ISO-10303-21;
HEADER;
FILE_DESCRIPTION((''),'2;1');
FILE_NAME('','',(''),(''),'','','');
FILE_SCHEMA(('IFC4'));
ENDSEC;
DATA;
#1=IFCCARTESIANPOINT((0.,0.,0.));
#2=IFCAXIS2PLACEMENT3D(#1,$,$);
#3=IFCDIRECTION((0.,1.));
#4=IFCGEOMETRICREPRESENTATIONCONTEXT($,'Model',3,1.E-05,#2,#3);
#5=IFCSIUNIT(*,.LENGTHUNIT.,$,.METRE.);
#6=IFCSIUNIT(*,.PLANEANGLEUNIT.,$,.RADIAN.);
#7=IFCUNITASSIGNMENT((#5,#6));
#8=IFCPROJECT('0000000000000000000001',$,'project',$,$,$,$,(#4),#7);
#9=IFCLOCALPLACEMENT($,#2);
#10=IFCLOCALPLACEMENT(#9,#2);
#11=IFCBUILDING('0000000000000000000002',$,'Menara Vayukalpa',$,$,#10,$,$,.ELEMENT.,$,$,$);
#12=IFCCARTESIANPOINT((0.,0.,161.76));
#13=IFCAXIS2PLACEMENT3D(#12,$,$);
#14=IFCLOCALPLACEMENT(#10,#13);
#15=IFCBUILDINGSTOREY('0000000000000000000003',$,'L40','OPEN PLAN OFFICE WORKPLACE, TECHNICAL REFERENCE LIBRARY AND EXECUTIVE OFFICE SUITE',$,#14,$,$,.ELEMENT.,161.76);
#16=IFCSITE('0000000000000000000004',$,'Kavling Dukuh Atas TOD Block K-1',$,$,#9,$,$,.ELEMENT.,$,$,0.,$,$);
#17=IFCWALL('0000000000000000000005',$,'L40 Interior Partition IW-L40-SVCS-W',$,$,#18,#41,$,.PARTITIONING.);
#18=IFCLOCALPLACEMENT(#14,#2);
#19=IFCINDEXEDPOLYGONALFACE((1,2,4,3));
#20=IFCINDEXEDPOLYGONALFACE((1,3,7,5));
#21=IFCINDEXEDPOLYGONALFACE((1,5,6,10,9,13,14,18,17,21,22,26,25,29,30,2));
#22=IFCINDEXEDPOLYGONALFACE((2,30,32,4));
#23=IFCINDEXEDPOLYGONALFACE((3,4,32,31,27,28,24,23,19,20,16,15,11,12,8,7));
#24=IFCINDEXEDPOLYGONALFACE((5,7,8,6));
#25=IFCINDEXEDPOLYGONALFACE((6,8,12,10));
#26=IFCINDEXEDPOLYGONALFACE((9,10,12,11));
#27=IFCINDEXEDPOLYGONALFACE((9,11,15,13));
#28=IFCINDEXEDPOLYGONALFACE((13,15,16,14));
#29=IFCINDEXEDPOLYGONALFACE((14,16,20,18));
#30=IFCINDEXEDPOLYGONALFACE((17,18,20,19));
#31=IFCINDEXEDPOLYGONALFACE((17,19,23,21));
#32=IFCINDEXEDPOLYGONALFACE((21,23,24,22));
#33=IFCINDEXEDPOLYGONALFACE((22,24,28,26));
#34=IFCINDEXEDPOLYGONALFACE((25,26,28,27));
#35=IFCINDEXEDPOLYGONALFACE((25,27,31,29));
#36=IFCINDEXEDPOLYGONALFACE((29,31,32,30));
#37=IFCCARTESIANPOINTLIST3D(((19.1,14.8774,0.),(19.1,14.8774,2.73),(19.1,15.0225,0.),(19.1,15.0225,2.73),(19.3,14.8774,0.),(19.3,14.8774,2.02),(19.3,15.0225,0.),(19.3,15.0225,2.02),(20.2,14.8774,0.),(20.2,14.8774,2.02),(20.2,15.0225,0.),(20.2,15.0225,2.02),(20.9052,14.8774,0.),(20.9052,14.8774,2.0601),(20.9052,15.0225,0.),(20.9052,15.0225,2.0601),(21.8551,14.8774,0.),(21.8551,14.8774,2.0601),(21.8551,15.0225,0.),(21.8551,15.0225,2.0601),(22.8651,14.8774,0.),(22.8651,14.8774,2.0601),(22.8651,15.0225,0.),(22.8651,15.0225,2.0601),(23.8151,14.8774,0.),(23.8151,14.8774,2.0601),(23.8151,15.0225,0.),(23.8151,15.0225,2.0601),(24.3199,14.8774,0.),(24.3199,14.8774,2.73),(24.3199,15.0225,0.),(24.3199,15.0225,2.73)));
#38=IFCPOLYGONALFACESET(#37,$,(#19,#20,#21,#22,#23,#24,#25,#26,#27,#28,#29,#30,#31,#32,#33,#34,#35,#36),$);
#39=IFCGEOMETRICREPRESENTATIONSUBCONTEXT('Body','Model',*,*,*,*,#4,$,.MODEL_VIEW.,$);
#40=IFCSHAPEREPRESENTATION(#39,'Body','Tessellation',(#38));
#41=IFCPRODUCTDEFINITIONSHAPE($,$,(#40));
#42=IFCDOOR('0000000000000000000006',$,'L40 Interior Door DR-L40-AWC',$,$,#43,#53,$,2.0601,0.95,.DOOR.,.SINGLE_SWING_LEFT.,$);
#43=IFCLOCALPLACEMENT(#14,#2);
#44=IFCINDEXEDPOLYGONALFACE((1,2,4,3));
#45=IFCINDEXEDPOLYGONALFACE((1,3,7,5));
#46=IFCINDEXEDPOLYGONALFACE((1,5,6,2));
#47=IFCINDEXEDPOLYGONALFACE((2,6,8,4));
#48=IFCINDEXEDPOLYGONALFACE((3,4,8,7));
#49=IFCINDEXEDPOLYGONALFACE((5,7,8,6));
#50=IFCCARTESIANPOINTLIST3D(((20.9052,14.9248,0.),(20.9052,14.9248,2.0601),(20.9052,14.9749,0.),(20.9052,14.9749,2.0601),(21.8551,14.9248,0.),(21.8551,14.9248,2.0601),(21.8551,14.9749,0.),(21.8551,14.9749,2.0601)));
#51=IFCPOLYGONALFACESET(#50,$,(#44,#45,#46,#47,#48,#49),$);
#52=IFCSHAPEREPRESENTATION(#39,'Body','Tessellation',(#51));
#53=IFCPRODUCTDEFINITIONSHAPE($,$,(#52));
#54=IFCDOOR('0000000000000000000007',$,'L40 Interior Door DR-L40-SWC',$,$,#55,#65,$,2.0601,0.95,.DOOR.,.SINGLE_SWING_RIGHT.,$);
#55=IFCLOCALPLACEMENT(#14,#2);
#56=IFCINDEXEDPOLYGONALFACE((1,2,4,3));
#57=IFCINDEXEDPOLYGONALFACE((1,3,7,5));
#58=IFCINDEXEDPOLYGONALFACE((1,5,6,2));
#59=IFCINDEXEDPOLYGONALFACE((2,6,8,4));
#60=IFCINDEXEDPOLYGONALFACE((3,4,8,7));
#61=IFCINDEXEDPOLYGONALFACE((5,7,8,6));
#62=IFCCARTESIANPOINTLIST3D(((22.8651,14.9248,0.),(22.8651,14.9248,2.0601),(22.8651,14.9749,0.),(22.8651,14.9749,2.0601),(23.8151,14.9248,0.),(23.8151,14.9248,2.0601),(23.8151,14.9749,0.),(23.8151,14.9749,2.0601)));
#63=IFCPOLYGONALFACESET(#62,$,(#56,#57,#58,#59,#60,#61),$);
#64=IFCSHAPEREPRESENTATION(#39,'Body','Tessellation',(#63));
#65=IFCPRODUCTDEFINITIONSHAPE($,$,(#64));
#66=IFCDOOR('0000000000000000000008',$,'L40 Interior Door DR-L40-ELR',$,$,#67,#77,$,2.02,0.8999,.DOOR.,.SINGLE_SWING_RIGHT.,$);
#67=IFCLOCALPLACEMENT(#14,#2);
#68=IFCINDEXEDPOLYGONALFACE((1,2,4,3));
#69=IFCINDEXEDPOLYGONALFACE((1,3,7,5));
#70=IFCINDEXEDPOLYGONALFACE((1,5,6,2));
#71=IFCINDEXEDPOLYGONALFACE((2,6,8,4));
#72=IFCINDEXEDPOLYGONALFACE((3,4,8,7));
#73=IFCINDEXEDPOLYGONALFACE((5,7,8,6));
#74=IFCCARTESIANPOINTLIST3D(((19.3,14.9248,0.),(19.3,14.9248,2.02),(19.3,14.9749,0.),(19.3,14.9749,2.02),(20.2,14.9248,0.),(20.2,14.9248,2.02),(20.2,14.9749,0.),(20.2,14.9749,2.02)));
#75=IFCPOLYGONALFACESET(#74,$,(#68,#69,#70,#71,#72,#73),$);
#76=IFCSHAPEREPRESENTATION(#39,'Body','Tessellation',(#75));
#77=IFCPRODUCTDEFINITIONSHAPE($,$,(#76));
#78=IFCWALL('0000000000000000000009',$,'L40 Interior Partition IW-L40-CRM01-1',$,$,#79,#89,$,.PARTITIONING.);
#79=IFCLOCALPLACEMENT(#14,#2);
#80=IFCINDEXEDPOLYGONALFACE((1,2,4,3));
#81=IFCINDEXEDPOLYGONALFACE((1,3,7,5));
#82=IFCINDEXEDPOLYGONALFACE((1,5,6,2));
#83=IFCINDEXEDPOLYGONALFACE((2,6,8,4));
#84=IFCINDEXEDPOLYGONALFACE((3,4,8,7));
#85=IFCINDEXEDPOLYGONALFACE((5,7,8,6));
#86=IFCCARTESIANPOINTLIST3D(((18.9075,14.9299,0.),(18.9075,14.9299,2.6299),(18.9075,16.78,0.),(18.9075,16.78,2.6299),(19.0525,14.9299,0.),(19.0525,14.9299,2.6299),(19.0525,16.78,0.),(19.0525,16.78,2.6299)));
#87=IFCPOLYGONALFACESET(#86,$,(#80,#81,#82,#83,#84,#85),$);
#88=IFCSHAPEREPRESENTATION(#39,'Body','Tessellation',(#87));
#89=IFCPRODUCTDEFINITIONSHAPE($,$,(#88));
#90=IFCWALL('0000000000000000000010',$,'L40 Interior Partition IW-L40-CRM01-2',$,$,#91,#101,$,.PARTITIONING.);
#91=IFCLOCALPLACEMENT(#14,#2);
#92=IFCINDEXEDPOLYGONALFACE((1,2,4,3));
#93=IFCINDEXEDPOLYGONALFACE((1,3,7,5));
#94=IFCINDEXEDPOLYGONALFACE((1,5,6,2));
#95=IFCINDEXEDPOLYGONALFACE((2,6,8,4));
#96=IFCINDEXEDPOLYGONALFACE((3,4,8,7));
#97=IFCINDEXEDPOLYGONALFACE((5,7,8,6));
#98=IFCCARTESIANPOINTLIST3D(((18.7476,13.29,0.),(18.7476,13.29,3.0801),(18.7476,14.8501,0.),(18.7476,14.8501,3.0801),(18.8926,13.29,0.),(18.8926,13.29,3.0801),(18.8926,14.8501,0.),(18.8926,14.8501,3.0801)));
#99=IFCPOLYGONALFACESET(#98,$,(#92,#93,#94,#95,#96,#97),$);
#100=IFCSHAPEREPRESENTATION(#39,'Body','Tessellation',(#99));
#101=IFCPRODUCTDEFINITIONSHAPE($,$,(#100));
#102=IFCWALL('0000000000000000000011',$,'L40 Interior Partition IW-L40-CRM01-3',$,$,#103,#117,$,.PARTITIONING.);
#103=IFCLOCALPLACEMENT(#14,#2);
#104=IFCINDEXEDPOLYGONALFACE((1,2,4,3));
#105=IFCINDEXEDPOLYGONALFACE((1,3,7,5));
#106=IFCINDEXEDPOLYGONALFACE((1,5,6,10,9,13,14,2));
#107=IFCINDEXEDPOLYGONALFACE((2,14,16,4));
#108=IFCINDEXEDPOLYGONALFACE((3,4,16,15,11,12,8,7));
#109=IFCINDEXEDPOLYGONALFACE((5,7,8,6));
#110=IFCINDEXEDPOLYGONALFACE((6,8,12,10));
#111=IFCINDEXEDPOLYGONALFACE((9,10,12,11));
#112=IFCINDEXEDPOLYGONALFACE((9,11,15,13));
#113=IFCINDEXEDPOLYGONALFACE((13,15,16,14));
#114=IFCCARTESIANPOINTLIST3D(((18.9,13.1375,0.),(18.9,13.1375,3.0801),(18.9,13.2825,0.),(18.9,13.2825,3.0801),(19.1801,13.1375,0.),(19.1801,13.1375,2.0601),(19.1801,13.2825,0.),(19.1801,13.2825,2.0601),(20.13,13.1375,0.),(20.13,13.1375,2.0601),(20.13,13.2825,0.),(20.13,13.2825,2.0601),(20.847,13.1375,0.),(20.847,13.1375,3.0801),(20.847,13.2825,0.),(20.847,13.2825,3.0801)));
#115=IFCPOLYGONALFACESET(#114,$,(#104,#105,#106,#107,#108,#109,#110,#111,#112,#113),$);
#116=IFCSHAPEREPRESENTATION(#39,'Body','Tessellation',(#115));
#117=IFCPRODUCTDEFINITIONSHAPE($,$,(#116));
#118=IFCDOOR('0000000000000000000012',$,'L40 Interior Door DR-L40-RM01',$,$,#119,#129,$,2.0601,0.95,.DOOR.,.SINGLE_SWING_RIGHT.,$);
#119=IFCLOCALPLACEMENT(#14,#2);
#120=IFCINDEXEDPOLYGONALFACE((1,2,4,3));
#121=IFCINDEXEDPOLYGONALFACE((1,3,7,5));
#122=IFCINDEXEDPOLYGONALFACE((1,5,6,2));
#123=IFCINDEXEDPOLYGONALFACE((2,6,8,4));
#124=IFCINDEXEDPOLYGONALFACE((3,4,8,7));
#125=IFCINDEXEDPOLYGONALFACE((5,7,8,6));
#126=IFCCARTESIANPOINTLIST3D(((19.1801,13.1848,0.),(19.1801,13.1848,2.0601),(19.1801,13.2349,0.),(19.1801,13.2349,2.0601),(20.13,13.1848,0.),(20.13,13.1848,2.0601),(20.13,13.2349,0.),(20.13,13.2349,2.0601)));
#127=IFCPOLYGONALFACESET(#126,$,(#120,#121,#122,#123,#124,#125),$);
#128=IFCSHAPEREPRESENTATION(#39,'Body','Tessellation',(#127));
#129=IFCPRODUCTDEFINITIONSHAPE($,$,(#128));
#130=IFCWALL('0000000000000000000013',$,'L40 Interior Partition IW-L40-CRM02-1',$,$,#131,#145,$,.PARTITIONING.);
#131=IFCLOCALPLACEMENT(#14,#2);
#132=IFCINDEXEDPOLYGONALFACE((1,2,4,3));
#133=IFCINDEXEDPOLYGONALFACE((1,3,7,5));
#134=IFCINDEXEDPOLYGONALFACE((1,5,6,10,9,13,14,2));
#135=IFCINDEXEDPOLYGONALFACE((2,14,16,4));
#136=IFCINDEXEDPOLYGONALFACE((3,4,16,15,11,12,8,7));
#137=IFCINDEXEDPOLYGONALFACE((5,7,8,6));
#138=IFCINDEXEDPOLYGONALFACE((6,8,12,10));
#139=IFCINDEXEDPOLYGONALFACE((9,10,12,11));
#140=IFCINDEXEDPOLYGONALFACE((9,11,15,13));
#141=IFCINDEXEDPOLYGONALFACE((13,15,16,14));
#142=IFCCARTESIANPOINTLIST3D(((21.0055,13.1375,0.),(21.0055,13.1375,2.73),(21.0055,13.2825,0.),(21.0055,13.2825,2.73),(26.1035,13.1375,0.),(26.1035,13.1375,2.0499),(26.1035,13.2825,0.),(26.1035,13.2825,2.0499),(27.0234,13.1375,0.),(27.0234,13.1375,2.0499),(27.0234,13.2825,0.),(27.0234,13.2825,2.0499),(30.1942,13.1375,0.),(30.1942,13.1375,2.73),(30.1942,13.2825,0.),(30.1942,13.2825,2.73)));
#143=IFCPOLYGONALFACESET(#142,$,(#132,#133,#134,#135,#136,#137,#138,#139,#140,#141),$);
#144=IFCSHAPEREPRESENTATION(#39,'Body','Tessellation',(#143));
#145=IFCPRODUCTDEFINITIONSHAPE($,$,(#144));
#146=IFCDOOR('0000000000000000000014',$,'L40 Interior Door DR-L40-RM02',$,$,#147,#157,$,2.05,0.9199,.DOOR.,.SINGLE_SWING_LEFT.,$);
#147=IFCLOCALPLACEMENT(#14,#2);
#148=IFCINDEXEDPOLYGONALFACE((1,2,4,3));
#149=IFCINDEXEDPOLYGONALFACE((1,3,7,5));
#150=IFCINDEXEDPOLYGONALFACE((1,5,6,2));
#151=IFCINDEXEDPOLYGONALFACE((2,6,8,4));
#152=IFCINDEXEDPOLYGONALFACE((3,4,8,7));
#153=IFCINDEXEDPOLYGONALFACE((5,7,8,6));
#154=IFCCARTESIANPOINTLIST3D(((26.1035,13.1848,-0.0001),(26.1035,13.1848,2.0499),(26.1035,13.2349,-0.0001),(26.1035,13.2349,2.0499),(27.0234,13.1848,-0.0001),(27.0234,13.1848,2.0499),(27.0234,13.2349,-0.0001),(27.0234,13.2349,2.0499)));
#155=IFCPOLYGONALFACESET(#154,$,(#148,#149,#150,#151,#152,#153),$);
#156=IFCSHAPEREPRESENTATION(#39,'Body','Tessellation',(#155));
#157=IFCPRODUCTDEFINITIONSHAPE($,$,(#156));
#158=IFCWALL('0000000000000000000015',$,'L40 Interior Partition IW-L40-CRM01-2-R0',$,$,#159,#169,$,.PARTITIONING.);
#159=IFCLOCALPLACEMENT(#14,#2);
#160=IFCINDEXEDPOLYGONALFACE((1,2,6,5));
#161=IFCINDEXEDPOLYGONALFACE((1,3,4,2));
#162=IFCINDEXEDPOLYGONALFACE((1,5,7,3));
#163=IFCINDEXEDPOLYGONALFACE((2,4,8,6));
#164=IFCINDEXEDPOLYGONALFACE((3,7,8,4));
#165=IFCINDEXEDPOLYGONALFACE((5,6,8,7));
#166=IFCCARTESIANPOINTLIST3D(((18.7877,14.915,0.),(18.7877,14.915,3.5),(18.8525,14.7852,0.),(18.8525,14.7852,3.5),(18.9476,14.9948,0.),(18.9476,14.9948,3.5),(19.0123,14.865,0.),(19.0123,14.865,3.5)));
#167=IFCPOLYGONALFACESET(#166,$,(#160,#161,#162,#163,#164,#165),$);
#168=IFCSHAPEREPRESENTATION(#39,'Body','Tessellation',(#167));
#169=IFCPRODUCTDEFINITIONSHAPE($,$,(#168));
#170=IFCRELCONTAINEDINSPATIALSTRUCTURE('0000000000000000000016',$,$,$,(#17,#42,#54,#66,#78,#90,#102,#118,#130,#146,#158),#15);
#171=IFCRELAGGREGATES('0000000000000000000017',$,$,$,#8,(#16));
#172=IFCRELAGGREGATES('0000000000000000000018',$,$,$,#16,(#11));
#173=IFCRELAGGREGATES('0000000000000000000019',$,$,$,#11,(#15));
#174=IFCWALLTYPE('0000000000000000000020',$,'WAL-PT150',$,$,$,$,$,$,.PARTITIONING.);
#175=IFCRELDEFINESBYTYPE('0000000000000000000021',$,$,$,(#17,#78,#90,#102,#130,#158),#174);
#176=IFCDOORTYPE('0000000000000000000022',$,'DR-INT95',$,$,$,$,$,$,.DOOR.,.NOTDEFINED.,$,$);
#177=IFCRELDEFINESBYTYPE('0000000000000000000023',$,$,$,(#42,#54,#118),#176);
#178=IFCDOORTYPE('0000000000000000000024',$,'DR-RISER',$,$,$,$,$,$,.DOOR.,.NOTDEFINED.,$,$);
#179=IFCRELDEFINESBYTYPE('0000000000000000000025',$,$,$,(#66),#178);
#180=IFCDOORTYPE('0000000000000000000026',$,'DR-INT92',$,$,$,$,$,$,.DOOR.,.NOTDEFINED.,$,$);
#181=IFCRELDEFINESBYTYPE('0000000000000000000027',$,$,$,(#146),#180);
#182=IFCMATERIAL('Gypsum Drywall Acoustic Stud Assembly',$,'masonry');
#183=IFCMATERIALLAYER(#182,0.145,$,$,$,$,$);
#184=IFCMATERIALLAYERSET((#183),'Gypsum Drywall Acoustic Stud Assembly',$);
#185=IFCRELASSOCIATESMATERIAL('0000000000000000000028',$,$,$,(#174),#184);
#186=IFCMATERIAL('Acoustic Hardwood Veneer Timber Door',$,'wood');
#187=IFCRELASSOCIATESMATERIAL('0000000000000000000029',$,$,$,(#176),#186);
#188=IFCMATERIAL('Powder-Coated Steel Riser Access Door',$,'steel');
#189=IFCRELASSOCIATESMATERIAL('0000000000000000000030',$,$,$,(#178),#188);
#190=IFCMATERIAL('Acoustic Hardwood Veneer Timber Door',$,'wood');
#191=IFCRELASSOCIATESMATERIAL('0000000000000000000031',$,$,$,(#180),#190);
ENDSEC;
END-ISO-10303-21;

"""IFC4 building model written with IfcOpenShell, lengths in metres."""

from ifc_helpers import new_model, si_unit, direction, frame, frame_2d, origin, place, context, subcontext, project, spatial, rectangle, extrude, material, layer, layer_set, type_object, element, fill, save


model = new_model("IFC4")

# Units and contexts
model_context = context("Model", 3, precision=1e-05, world=origin(), true_north=direction((0.0, 1.0)))
body_context = subcontext(model_context, "Body", "Model", "MODEL_VIEW")
ifc_project = project(units=[si_unit("LENGTHUNIT", "METRE"), si_unit("PLANEANGLEUNIT", "RADIAN")], contexts=[model_context])

# Site, building, storey
site_placement = place(None, origin())
site = spatial("IfcSite", under=ifc_project, at=site_placement, Name="Kavling Dukuh Atas TOD Block K-1", CompositionType="ELEMENT", RefElevation=0.0)
building_placement = place(site_placement, origin())
building = spatial("IfcBuilding", under=site, at=building_placement, Name="Menara Vayukalpa", CompositionType="ELEMENT")
storey_placement = place(building_placement, frame((0.0, 0.0, 161.76)))
storey = spatial("IfcBuildingStorey", under=building, at=storey_placement, Name="L40", Description="OPEN PLAN OFFICE WORKPLACE, TECHNICAL REFERENCE LIBRARY AND EXECUTIVE OFFICE SUITE", CompositionType="ELEMENT", Elevation=161.76)

# Wall, openings, doors
ifc_material_1 = material(Name="Gypsum Drywall Acoustic Stud Assembly", Category="masonry")
ifc_layer_1 = layer(ifc_material_1, 0.145)
ifc_layer_set_1 = layer_set([ifc_layer_1], Name="Gypsum Drywall Acoustic Stud Assembly")
wall_type_1 = type_object("IfcWallType", Name="WAL-PT150", PredefinedType="PARTITIONING", material=ifc_layer_set_1)
wall_1_placement = place(storey_placement, frame((19.1001, 14.95, 0.0), z_axis=(0.0, 0.0, 1.0), x_axis=(1.0, 0.0, 0.0)))
wall_1 = element("IfcWall", 1, at=wall_1_placement, inside=storey, type_object=wall_type_1, Name="L40 Interior Partition IW-L40-SVCS-W", PredefinedType="PARTITIONING", context=body_context, shape_type="SweptSolid", body=[
    extrude(rectangle(XDim=5.22, YDim=0.145, at=frame_2d((2.6099, 0.0))), origin(), (0.0, 0.0, 1.0), 2.73),
])
opening_1_placement = place(wall_1_placement, frame((0.2, 0.0, 0.0)))
opening_1 = element("IfcOpeningElement", 2, at=opening_1_placement, cuts=wall_1, PredefinedType="OPENING", context=body_context, shape_type="SweptSolid", body=[
    extrude(rectangle(XDim=0.8999, YDim=2.02, at=frame_2d((0.45, 1.01))), frame((0.0, 0.0825, 0.0), z_axis=(0.0, -1.0, 0.0), x_axis=(1.0, 0.0, 0.0)), (0.0, 0.0, 1.0), 0.165),
])
opening_2_placement = place(wall_1_placement, frame((1.8049, 0.0, 0.0)))
opening_2 = element("IfcOpeningElement", 3, at=opening_2_placement, cuts=wall_1, PredefinedType="OPENING", context=body_context, shape_type="SweptSolid", body=[
    extrude(rectangle(XDim=0.95, YDim=2.0601, at=frame_2d((0.4751, 1.03))), frame((0.0, 0.0825, 0.0), z_axis=(0.0, -1.0, 0.0), x_axis=(1.0, 0.0, 0.0)), (0.0, 0.0, 1.0), 0.165),
])
opening_3_placement = place(wall_1_placement, frame((3.7649, 0.0, 0.0)))
opening_3 = element("IfcOpeningElement", 4, at=opening_3_placement, cuts=wall_1, PredefinedType="OPENING", context=body_context, shape_type="SweptSolid", body=[
    extrude(rectangle(XDim=0.95, YDim=2.0601, at=frame_2d((0.4751, 1.03))), frame((0.0, 0.0825, 0.0), z_axis=(0.0, -1.0, 0.0), x_axis=(1.0, 0.0, 0.0)), (0.0, 0.0, 1.0), 0.165),
])
ifc_material_2 = material(Name="Acoustic Hardwood Veneer Timber Door", Category="wood")
door_type_1 = type_object("IfcDoorType", Name="DR-INT95", OperationType="NOTDEFINED", PredefinedType="DOOR", material=ifc_material_2)
door_1_placement = place(opening_2_placement, origin())
door_1 = element("IfcDoor", 5, at=door_1_placement, inside=storey, type_object=door_type_1, Name="L40 Interior Door DR-L40-AWC", OperationType="SINGLE_SWING_LEFT", OverallHeight=2.0601, OverallWidth=0.95, PredefinedType="DOOR", context=body_context, shape_type="SweptSolid", body=[
    extrude(rectangle(XDim=0.95, YDim=2.0601, at=frame_2d((0.4751, 1.03))), frame((0.0, 0.0249, 0.0), z_axis=(0.0, -1.0, 0.0), x_axis=(1.0, 0.0, 0.0)), (0.0, 0.0, 1.0), 0.05),
])
fill(opening_2, door_1)
door_2_placement = place(opening_3_placement, origin())
door_2 = element("IfcDoor", 6, at=door_2_placement, inside=storey, type_object=door_type_1, Name="L40 Interior Door DR-L40-SWC", OperationType="SINGLE_SWING_RIGHT", OverallHeight=2.0601, OverallWidth=0.95, PredefinedType="DOOR", context=body_context, shape_type="SweptSolid", body=[
    extrude(rectangle(XDim=0.95, YDim=2.0601, at=frame_2d((0.4751, 1.03))), frame((0.0, 0.0249, 0.0), z_axis=(0.0, -1.0, 0.0), x_axis=(1.0, 0.0, 0.0)), (0.0, 0.0, 1.0), 0.05),
])
fill(opening_3, door_2)
ifc_material_3 = material(Name="Powder-Coated Steel Riser Access Door", Category="steel")
door_type_2 = type_object("IfcDoorType", Name="DR-RISER", OperationType="NOTDEFINED", PredefinedType="DOOR", material=ifc_material_3)
door_3_placement = place(opening_1_placement, origin())
door_3 = element("IfcDoor", 7, at=door_3_placement, inside=storey, type_object=door_type_2, Name="L40 Interior Door DR-L40-ELR", OperationType="SINGLE_SWING_RIGHT", OverallHeight=2.02, OverallWidth=0.8999, PredefinedType="DOOR", context=body_context, shape_type="SweptSolid", body=[
    extrude(rectangle(XDim=0.8999, YDim=2.02, at=frame_2d((0.45, 1.01))), frame((0.0, 0.0249, 0.0), z_axis=(0.0, -1.0, 0.0), x_axis=(1.0, 0.0, 0.0)), (0.0, 0.0, 1.0), 0.05),
])
fill(opening_1, door_3)

# Walls
wall_2_placement = place(storey_placement, frame((18.98, 16.78, 0.0), z_axis=(0.0, 0.0, 1.0), x_axis=(0.0, -1.0, 0.0)))
element("IfcWall", 8, at=wall_2_placement, inside=storey, type_object=wall_type_1, Name="L40 Interior Partition IW-L40-CRM01-1", PredefinedType="PARTITIONING", context=body_context, shape_type="SweptSolid", body=[
    extrude(rectangle(XDim=1.8501, YDim=0.145, at=frame_2d((0.925, 0.0))), origin(), (0.0, 0.0, 1.0), 2.6299),
])
wall_3_placement = place(storey_placement, frame((18.8201, 14.8501, 0.0), z_axis=(0.0, 0.0, 1.0), x_axis=(0.0, -1.0, 0.0)))
element("IfcWall", 9, at=wall_3_placement, inside=storey, type_object=wall_type_1, Name="L40 Interior Partition IW-L40-CRM01-2", PredefinedType="PARTITIONING", context=body_context, shape_type="SweptSolid", body=[
    extrude(rectangle(XDim=1.5601, YDim=0.145, at=frame_2d((0.78, 0.0))), origin(), (0.0, 0.0, 1.0), 3.0801),
])

# Walls, openings, doors
wall_4_placement = place(storey_placement, frame((18.8999, 13.21, 0.0), z_axis=(0.0, 0.0, 1.0), x_axis=(1.0, 0.0, 0.0)))
wall_4 = element("IfcWall", 10, at=wall_4_placement, inside=storey, type_object=wall_type_1, Name="L40 Interior Partition IW-L40-CRM01-3", PredefinedType="PARTITIONING", context=body_context, shape_type="SweptSolid", body=[
    extrude(rectangle(XDim=1.947, YDim=0.145, at=frame_2d((0.9736, 0.0))), origin(), (0.0, 0.0, 1.0), 3.0801),
])
opening_4_placement = place(wall_4_placement, frame((0.28, 0.0, 0.0)))
opening_4 = element("IfcOpeningElement", 11, at=opening_4_placement, cuts=wall_4, PredefinedType="OPENING", context=body_context, shape_type="SweptSolid", body=[
    extrude(rectangle(XDim=0.95, YDim=2.0601, at=frame_2d((0.4751, 1.03))), frame((0.0, 0.0825, 0.0), z_axis=(0.0, -1.0, 0.0), x_axis=(1.0, 0.0, 0.0)), (0.0, 0.0, 1.0), 0.165),
])
door_4_placement = place(opening_4_placement, origin())
door_4 = element("IfcDoor", 12, at=door_4_placement, inside=storey, type_object=door_type_1, Name="L40 Interior Door DR-L40-RM01", OperationType="SINGLE_SWING_RIGHT", OverallHeight=2.0601, OverallWidth=0.95, PredefinedType="DOOR", context=body_context, shape_type="SweptSolid", body=[
    extrude(rectangle(XDim=0.95, YDim=2.0601, at=frame_2d((0.4751, 1.03))), frame((0.0, 0.0249, 0.0), z_axis=(0.0, -1.0, 0.0), x_axis=(1.0, 0.0, 0.0)), (0.0, 0.0, 1.0), 0.05),
])
fill(opening_4, door_4)
wall_5_placement = place(storey_placement, frame((21.0056, 13.21, 0.0), z_axis=(0.0, 0.0, 1.0), x_axis=(1.0, 0.0, 0.0)))
wall_5 = element("IfcWall", 13, at=wall_5_placement, inside=storey, type_object=wall_type_1, Name="L40 Interior Partition IW-L40-CRM02-1", PredefinedType="PARTITIONING", context=body_context, shape_type="SweptSolid", body=[
    extrude(rectangle(XDim=9.1887, YDim=0.145, at=frame_2d((4.5942, 0.0))), origin(), (0.0, 0.0, 1.0), 2.73),
])
opening_5_placement = place(wall_5_placement, frame((5.0979, 0.0, 0.0)))
opening_5 = element("IfcOpeningElement", 14, at=opening_5_placement, cuts=wall_5, PredefinedType="OPENING", context=body_context, shape_type="SweptSolid", body=[
    extrude(rectangle(XDim=0.9199, YDim=2.05, at=frame_2d((0.46, 1.0249))), frame((0.0, 0.0825, 0.0), z_axis=(0.0, -1.0, 0.0), x_axis=(1.0, 0.0, 0.0)), (0.0, 0.0, 1.0), 0.165),
])
ifc_material_4 = material(Name="Acoustic Hardwood Veneer Timber Door", Category="wood")
door_type_3 = type_object("IfcDoorType", Name="DR-INT92", OperationType="NOTDEFINED", PredefinedType="DOOR", material=ifc_material_4)
door_5_placement = place(opening_5_placement, origin())
door_5 = element("IfcDoor", 15, at=door_5_placement, inside=storey, type_object=door_type_3, Name="L40 Interior Door DR-L40-RM02", OperationType="SINGLE_SWING_LEFT", OverallHeight=2.05, OverallWidth=0.9199, PredefinedType="DOOR", context=body_context, shape_type="SweptSolid", body=[
    extrude(rectangle(XDim=0.9199, YDim=2.05, at=frame_2d((0.46, 1.0249))), frame((0.0, 0.0249, 0.0), z_axis=(0.0, -1.0, 0.0), x_axis=(1.0, 0.0, 0.0)), (0.0, 0.0, 1.0), 0.05),
])
fill(opening_5, door_5)

# Wall
wall_6_placement = place(storey_placement, frame((18.8201, 14.8501, 0.0), z_axis=(0.0, 0.0, 1.0), x_axis=(0.8947, 0.446667, 0.0)))
element("IfcWall", 16, at=wall_6_placement, inside=storey, type_object=wall_type_1, Name="L40 Interior Partition IW-L40-CRM01-2-R0", PredefinedType="PARTITIONING", context=body_context, shape_type="SweptSolid", body=[
    extrude(rectangle(XDim=0.1787, YDim=0.145, at=frame_2d((0.0894, 0.0))), origin(), (0.0, 0.0, 1.0), 3.5),
])

save(model, "model.ifc")
